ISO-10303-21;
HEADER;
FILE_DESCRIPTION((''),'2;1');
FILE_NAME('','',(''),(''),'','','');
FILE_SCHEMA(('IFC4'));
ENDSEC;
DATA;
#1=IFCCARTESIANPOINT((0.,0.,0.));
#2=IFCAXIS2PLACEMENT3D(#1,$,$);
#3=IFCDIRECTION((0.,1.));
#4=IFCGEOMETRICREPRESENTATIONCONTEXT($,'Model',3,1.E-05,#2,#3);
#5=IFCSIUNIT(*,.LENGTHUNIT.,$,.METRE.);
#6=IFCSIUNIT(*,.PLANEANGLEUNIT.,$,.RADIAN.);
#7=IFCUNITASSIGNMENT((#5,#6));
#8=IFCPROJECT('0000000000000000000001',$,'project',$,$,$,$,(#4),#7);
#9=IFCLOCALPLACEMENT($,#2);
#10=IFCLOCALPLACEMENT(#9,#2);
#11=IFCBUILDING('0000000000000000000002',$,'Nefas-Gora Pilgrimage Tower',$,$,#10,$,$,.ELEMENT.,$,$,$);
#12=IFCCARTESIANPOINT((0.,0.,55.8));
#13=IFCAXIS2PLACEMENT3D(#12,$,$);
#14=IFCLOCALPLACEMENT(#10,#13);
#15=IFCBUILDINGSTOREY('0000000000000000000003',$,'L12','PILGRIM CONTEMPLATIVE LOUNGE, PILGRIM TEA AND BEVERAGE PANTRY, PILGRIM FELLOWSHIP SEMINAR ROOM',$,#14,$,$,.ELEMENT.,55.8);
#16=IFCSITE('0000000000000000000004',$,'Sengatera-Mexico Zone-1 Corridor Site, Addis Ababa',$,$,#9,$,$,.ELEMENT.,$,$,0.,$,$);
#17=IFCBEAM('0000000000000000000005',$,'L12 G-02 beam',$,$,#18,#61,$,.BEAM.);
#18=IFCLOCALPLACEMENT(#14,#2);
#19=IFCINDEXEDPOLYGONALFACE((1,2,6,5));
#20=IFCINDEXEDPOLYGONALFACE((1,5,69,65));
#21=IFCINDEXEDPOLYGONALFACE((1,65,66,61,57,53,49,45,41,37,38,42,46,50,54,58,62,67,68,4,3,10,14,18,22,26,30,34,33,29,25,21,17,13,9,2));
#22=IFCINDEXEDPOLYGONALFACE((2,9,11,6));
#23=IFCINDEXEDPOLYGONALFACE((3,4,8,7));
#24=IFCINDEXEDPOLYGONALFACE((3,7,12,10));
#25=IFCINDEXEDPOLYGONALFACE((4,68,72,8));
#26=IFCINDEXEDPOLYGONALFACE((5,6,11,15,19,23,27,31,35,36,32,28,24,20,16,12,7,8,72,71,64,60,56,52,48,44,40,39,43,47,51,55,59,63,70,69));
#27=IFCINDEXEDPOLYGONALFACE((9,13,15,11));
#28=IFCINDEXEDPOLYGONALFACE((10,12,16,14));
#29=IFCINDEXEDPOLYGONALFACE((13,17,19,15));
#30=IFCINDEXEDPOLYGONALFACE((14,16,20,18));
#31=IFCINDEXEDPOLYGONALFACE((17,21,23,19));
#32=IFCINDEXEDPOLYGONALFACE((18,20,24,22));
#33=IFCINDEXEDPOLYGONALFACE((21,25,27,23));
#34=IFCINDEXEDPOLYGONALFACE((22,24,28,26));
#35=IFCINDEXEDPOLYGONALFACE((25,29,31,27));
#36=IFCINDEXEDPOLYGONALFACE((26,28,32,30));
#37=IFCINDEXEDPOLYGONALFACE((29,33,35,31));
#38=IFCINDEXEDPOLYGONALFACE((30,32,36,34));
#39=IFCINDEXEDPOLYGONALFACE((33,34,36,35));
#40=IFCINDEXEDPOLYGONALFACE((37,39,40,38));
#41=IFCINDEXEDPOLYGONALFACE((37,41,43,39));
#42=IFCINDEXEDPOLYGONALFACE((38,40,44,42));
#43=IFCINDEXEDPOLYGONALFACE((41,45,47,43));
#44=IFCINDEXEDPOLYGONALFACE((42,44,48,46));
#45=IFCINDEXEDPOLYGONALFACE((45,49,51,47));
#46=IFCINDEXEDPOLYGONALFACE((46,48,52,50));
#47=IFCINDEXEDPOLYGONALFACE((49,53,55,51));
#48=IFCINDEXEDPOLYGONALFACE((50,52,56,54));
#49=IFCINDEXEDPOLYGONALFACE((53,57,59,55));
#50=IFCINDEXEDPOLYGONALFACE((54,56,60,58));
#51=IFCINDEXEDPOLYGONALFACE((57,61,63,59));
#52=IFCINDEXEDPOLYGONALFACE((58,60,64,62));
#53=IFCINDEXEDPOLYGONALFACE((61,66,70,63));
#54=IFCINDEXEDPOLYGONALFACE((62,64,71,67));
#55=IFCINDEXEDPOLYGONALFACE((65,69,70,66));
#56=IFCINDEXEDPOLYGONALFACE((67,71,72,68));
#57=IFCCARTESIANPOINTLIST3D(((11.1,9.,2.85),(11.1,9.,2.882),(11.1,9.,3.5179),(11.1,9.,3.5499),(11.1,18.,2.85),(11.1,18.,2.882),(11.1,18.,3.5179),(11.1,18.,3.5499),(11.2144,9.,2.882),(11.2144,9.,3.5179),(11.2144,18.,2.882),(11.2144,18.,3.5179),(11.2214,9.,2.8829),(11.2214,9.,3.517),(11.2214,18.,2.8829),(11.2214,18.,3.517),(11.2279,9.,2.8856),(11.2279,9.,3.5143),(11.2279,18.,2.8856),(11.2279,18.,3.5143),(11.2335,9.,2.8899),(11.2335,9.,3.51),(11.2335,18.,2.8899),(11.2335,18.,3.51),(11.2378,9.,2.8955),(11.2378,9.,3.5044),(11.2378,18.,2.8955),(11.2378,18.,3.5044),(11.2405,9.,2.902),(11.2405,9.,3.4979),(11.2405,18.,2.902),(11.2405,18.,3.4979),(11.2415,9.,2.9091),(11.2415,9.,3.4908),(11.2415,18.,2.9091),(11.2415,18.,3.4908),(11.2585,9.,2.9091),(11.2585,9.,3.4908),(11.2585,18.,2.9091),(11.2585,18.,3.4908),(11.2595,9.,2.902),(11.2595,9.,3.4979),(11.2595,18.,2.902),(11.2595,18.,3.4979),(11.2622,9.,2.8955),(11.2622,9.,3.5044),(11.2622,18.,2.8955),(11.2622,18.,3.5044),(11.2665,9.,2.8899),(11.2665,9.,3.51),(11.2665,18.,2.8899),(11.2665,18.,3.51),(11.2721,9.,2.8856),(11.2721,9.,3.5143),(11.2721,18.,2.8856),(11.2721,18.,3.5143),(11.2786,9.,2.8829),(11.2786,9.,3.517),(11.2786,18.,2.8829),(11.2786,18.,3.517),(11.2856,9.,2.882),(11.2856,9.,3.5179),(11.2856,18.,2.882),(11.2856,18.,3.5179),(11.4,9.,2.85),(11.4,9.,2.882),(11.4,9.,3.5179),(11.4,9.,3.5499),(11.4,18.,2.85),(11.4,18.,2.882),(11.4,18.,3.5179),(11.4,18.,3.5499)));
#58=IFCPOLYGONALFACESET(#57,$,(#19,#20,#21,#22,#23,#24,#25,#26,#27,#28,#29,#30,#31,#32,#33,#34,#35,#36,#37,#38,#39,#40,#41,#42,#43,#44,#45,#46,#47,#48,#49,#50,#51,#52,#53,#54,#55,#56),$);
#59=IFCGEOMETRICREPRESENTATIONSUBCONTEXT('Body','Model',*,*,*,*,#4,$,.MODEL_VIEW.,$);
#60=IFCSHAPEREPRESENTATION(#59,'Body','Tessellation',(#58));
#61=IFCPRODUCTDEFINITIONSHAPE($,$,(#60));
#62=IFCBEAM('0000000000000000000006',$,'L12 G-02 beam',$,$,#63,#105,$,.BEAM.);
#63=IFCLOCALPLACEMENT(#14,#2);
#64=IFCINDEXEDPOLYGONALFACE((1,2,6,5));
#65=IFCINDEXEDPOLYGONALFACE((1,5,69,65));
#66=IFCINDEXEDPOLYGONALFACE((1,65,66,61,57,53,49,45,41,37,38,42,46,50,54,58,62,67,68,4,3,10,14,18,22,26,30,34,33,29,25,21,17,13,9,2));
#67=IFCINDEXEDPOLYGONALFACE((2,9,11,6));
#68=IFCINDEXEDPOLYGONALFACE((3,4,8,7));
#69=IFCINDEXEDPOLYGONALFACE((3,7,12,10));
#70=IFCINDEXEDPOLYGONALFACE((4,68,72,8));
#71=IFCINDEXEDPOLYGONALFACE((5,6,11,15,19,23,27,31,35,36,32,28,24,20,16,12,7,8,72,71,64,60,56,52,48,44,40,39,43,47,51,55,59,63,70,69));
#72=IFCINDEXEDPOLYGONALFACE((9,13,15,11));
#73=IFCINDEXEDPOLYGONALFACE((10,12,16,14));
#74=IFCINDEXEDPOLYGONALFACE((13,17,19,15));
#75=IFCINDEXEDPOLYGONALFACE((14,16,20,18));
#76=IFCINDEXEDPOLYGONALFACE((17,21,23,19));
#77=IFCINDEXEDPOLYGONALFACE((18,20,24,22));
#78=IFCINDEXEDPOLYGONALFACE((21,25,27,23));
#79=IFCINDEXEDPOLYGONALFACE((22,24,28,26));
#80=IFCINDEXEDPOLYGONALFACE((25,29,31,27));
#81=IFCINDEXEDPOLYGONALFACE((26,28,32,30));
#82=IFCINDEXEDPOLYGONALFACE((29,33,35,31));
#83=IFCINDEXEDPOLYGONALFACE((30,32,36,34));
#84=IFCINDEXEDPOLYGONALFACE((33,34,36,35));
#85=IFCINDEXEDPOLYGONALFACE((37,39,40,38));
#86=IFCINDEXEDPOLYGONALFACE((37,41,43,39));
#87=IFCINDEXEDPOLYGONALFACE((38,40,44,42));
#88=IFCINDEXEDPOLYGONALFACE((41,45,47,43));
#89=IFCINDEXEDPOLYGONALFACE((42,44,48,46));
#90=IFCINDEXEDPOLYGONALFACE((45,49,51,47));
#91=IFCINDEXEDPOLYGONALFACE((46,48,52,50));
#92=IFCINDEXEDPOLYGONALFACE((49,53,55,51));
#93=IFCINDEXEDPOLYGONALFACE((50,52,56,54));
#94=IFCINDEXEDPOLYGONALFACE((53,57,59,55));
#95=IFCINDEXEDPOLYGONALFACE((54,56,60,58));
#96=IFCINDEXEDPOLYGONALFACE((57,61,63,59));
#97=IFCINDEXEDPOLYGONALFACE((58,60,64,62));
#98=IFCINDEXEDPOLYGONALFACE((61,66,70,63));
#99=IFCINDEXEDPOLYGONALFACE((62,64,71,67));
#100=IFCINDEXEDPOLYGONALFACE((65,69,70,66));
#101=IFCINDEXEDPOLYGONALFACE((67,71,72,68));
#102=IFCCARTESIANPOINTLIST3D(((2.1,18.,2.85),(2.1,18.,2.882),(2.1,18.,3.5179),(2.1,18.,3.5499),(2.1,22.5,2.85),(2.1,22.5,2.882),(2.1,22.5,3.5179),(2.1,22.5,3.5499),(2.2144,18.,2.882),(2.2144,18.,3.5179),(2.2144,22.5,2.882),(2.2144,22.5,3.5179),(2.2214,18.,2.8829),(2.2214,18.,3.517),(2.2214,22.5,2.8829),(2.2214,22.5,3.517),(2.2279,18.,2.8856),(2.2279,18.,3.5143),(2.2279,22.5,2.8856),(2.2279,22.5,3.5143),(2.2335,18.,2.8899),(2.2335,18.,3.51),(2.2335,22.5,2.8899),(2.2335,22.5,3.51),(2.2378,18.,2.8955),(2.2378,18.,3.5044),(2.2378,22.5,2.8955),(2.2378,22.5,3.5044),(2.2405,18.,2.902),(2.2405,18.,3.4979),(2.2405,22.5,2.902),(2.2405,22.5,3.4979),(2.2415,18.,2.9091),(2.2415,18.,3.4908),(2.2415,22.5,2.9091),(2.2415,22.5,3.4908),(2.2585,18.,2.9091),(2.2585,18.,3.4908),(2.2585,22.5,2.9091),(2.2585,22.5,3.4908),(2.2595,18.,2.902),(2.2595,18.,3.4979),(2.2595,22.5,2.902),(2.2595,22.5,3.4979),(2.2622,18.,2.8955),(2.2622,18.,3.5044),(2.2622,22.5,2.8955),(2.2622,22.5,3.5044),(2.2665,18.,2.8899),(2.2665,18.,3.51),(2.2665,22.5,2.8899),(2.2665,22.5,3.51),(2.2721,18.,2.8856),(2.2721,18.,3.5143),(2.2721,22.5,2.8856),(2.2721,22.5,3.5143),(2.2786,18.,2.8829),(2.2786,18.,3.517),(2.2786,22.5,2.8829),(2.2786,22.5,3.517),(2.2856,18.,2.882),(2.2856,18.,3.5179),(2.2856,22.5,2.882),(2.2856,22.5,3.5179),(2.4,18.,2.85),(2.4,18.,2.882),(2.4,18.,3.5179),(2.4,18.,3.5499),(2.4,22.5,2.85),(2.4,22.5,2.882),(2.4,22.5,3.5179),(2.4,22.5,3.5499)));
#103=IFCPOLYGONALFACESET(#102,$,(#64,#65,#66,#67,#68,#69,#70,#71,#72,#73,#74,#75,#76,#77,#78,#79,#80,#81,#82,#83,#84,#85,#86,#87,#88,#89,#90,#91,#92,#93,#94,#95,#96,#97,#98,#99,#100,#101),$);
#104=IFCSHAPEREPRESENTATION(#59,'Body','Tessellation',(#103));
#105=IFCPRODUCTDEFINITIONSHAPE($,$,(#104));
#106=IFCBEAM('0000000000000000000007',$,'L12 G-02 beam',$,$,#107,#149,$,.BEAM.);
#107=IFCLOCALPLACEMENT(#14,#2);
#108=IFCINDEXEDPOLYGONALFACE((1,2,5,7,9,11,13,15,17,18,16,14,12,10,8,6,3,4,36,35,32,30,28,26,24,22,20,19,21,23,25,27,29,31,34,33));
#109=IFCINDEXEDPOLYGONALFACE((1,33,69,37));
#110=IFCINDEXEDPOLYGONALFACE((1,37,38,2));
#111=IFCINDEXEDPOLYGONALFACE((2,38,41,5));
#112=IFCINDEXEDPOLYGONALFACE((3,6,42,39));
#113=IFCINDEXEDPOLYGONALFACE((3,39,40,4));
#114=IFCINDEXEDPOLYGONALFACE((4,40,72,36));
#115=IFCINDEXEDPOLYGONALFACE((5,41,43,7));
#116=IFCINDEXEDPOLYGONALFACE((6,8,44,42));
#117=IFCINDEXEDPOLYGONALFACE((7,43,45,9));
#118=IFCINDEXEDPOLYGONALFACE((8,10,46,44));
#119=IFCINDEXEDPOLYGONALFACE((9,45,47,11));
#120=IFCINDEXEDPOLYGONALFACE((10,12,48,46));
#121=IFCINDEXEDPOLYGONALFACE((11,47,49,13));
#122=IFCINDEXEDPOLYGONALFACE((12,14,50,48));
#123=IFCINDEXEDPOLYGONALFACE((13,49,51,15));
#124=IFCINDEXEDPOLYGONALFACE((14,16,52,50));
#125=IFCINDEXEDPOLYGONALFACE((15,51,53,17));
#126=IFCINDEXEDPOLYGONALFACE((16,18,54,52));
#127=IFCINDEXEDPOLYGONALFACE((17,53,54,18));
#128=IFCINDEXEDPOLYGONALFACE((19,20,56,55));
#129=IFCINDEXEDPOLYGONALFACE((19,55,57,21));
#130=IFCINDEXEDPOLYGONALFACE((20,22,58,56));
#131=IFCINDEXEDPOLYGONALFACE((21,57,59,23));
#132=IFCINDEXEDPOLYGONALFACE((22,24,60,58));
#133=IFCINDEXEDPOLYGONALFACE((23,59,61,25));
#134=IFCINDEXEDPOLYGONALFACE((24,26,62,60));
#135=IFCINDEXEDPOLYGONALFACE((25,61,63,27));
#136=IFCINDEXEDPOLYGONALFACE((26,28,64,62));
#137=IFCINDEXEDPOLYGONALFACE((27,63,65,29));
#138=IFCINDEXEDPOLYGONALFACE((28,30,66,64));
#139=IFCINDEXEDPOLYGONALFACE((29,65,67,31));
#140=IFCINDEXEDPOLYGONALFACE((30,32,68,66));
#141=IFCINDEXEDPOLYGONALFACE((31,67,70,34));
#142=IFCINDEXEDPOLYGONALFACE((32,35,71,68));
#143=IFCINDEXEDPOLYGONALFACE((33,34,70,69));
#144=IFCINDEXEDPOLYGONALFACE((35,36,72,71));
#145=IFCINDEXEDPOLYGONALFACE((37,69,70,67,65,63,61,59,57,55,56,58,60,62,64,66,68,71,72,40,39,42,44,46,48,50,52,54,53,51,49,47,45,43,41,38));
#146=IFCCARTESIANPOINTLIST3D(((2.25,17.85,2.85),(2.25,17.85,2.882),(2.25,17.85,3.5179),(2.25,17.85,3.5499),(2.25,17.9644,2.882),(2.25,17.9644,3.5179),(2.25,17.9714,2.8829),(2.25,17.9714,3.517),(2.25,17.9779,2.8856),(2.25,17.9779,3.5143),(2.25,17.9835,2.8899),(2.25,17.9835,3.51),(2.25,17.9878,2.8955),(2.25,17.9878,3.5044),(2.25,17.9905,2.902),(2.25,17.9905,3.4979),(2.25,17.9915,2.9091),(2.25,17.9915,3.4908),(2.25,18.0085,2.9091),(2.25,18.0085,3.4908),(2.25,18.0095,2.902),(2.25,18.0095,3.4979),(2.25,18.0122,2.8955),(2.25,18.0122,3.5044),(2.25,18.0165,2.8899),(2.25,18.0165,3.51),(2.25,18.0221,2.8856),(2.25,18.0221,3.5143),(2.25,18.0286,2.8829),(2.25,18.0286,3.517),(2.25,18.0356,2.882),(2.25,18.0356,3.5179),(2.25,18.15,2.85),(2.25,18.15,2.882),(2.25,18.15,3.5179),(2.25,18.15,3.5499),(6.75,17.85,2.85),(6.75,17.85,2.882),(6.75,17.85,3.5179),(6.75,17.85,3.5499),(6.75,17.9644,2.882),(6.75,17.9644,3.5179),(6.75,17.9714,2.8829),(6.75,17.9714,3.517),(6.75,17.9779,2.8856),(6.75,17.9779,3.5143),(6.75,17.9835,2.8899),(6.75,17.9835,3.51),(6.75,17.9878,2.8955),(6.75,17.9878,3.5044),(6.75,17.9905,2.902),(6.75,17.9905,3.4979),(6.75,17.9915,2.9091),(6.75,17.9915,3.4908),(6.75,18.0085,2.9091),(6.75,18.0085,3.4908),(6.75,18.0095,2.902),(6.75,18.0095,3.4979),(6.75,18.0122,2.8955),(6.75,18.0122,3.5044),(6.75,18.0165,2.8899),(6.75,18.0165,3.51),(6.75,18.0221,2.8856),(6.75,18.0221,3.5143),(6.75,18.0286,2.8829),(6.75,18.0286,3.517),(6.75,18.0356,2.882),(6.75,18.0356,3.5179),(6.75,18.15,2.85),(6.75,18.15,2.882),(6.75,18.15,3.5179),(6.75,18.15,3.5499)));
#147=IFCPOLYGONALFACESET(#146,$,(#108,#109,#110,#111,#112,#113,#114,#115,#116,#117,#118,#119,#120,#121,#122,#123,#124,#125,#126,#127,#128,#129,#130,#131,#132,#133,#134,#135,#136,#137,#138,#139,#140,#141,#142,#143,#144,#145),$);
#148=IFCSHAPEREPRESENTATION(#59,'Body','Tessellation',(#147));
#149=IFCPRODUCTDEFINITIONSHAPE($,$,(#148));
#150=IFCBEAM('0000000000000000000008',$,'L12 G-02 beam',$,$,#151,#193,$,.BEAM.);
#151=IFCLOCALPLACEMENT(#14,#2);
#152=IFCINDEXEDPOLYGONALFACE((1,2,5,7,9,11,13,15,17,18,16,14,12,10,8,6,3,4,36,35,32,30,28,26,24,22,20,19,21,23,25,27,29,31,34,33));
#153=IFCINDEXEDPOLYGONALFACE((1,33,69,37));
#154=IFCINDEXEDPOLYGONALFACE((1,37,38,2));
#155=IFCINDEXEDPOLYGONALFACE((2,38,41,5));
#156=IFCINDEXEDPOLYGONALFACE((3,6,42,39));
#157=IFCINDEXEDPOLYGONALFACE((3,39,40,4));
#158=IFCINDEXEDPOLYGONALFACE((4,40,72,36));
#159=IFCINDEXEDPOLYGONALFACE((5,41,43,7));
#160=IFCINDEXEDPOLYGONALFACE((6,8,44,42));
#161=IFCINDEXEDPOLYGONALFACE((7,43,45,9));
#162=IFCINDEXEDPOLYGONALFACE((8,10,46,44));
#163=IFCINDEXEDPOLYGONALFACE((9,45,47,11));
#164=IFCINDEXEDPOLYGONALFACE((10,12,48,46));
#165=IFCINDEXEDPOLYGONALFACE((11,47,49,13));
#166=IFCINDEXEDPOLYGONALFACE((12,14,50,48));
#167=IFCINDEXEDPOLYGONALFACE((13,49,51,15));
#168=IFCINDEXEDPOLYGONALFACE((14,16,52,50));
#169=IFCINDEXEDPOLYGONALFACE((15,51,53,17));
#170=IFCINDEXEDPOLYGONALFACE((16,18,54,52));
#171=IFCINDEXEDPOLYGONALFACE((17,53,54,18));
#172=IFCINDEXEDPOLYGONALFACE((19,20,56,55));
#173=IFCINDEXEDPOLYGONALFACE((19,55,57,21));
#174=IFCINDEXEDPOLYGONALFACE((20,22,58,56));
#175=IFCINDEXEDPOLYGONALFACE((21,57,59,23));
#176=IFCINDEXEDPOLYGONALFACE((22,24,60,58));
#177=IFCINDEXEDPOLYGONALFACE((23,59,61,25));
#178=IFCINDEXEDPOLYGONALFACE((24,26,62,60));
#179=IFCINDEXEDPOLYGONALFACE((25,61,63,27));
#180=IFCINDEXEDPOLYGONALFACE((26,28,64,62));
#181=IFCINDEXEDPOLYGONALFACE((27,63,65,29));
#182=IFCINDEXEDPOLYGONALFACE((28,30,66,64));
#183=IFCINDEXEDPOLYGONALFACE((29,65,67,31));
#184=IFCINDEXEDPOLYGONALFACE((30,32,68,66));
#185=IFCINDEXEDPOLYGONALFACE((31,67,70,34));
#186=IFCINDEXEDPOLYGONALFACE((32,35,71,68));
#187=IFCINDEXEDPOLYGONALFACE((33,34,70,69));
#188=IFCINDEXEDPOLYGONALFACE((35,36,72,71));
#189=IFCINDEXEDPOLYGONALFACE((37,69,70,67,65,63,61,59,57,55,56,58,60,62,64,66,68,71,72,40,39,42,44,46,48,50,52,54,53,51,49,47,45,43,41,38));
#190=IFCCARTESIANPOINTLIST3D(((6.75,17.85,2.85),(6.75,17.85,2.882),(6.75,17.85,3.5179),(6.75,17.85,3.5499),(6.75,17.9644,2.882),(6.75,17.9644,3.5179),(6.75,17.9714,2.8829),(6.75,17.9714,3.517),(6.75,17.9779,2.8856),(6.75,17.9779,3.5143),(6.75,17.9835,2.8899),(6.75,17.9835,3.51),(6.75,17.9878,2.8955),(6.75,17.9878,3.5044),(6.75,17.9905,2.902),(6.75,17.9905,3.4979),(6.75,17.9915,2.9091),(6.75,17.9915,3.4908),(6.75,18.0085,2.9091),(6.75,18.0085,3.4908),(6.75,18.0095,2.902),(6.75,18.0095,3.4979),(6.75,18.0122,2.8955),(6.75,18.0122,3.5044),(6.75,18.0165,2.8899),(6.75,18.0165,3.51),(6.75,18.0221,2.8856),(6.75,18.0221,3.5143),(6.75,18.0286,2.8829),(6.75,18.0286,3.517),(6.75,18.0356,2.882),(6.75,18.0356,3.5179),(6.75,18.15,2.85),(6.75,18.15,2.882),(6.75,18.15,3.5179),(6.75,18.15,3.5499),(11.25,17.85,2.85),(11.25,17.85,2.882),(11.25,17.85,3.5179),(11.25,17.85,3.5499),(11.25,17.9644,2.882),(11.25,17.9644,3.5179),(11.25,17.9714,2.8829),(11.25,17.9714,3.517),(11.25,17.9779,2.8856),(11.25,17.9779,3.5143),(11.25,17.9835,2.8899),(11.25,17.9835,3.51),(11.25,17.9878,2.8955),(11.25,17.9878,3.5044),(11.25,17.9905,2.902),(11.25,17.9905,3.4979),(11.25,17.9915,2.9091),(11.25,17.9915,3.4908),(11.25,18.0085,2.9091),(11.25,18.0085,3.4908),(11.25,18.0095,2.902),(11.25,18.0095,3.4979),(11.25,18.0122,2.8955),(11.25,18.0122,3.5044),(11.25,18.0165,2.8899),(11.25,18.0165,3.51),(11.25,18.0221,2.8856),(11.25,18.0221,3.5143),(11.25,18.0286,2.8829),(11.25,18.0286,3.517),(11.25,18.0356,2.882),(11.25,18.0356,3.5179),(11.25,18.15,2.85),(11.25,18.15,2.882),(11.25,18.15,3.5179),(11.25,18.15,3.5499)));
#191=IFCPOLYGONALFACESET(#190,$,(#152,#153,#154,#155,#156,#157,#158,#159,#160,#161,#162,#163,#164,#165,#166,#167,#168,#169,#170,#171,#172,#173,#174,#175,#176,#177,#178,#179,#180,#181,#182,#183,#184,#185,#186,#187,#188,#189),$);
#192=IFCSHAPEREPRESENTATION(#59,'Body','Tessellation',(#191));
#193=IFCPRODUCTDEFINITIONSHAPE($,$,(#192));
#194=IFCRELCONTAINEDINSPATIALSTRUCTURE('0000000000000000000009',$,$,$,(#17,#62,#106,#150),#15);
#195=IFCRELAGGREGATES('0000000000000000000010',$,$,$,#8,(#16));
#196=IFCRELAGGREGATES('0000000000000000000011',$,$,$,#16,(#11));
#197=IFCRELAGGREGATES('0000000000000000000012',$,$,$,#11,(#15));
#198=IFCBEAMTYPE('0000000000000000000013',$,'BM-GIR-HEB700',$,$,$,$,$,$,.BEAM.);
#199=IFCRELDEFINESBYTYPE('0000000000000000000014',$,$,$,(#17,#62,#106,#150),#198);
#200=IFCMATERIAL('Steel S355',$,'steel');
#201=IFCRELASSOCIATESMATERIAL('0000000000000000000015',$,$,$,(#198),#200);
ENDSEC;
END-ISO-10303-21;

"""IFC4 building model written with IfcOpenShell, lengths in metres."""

from ifc_helpers import new_model, si_unit, direction, frame, origin, origin_2d, place, context, subcontext, project, spatial, i_section, extrude, source, transform, mapped, material, material_profile, profile_set, type_object, element, save


model = new_model("IFC4")

# Units and contexts
model_context = context("Model", 3, precision=1e-05, world=origin(), true_north=direction((0.0, 1.0)))
body_context = subcontext(model_context, "Body", "Model", "MODEL_VIEW")
ifc_project = project(units=[si_unit("LENGTHUNIT", "METRE"), si_unit("PLANEANGLEUNIT", "RADIAN")], contexts=[model_context])

# Site, building, storey
site_placement = place(None, origin())
site = spatial("IfcSite", under=ifc_project, at=site_placement, Name="Sengatera-Mexico Zone-1 Corridor Site, Addis Ababa", CompositionType="ELEMENT", RefElevation=0.0)
building_placement = place(site_placement, origin())
building = spatial("IfcBuilding", under=site, at=building_placement, Name="Nefas-Gora Pilgrimage Tower", CompositionType="ELEMENT")
storey_placement = place(building_placement, frame((0.0, 0.0, 55.8)))
storey = spatial("IfcBuildingStorey", under=building, at=storey_placement, Name="L12", Description="PILGRIM CONTEMPLATIVE LOUNGE, PILGRIM TEA AND BEVERAGE PANTRY, PILGRIM FELLOWSHIP SEMINAR ROOM", CompositionType="ELEMENT", Elevation=55.8)

# Beams
ifc_material_1 = material(Name="Steel S355", Category="steel")
ifc_material_profile_1 = material_profile(ifc_material_1, i_section(OverallWidth=0.3, OverallDepth=0.7, WebThickness=0.0171, FlangeThickness=0.032, FilletRadius=0.0271, at=origin_2d()), Name="HEB 700")
ifc_profile_set_1 = profile_set([ifc_material_profile_1], Name="Steel S355")
beam_type_1 = type_object("IfcBeamType", Name="BM-GIR-HEB700", PredefinedType="BEAM", material=ifc_profile_set_1)
shared_shape_1 = source(origin(), body_context, "Body", "SweptSolid", [
    extrude(i_section(OverallWidth=0.3, OverallDepth=0.7, WebThickness=0.0171, FlangeThickness=0.032, FilletRadius=0.0271, at=origin_2d()), origin(), (0.0, 0.0, 1.0), 9.0),
])
beam_1_placement = place(storey_placement, frame((11.25, 9.0, 3.2), z_axis=(0.0, 1.0, 0.0), x_axis=(-1.0, 0.0, 0.0)))
element("IfcBeam", 1, at=beam_1_placement, inside=storey, type_object=beam_type_1, Name="L12 G-02 beam", PredefinedType="BEAM", context=body_context, shape_type="MappedRepresentation", body=[
    mapped(shared_shape_1, transform((0.0, 0.0, 0.0), x_axis=(1.0, 0.0, 0.0), y_axis=(0.0, 1.0, 0.0), z_axis=(0.0, 0.0, 1.0), scale=1.0)),
])
shared_shape_2 = source(origin(), body_context, "Body", "SweptSolid", [
    extrude(i_section(OverallWidth=0.3, OverallDepth=0.7, WebThickness=0.0171, FlangeThickness=0.032, FilletRadius=0.0271, at=origin_2d()), origin(), (0.0, 0.0, 1.0), 4.5),
])
for number, where, z_axis, x_axis, name in (
    (2, (2.25, 18.0, 3.2), (0.0, 1.0, 0.0), (-1.0, 0.0, 0.0), "L12 G-02 beam"),
    (3, (2.25, 18.0, 3.2), (1.0, 0.0, 0.0), (0.0, 1.0, 0.0), "L12 G-02 beam"),
    (4, (6.75, 18.0, 3.2), (1.0, 0.0, 0.0), (0.0, 1.0, 0.0), "L12 G-02 beam"),
):
    element("IfcBeam", number, at=place(storey_placement, frame(where, z_axis=z_axis, x_axis=x_axis)), inside=storey, type_object=beam_type_1, Name=name, PredefinedType="BEAM", context=body_context, shape_type="MappedRepresentation", body=[
        mapped(shared_shape_2, transform((0.0, 0.0, 0.0), x_axis=(1.0, 0.0, 0.0), y_axis=(0.0, 1.0, 0.0), z_axis=(0.0, 0.0, 1.0), scale=1.0)),
    ])

save(model, "model.ifc")
